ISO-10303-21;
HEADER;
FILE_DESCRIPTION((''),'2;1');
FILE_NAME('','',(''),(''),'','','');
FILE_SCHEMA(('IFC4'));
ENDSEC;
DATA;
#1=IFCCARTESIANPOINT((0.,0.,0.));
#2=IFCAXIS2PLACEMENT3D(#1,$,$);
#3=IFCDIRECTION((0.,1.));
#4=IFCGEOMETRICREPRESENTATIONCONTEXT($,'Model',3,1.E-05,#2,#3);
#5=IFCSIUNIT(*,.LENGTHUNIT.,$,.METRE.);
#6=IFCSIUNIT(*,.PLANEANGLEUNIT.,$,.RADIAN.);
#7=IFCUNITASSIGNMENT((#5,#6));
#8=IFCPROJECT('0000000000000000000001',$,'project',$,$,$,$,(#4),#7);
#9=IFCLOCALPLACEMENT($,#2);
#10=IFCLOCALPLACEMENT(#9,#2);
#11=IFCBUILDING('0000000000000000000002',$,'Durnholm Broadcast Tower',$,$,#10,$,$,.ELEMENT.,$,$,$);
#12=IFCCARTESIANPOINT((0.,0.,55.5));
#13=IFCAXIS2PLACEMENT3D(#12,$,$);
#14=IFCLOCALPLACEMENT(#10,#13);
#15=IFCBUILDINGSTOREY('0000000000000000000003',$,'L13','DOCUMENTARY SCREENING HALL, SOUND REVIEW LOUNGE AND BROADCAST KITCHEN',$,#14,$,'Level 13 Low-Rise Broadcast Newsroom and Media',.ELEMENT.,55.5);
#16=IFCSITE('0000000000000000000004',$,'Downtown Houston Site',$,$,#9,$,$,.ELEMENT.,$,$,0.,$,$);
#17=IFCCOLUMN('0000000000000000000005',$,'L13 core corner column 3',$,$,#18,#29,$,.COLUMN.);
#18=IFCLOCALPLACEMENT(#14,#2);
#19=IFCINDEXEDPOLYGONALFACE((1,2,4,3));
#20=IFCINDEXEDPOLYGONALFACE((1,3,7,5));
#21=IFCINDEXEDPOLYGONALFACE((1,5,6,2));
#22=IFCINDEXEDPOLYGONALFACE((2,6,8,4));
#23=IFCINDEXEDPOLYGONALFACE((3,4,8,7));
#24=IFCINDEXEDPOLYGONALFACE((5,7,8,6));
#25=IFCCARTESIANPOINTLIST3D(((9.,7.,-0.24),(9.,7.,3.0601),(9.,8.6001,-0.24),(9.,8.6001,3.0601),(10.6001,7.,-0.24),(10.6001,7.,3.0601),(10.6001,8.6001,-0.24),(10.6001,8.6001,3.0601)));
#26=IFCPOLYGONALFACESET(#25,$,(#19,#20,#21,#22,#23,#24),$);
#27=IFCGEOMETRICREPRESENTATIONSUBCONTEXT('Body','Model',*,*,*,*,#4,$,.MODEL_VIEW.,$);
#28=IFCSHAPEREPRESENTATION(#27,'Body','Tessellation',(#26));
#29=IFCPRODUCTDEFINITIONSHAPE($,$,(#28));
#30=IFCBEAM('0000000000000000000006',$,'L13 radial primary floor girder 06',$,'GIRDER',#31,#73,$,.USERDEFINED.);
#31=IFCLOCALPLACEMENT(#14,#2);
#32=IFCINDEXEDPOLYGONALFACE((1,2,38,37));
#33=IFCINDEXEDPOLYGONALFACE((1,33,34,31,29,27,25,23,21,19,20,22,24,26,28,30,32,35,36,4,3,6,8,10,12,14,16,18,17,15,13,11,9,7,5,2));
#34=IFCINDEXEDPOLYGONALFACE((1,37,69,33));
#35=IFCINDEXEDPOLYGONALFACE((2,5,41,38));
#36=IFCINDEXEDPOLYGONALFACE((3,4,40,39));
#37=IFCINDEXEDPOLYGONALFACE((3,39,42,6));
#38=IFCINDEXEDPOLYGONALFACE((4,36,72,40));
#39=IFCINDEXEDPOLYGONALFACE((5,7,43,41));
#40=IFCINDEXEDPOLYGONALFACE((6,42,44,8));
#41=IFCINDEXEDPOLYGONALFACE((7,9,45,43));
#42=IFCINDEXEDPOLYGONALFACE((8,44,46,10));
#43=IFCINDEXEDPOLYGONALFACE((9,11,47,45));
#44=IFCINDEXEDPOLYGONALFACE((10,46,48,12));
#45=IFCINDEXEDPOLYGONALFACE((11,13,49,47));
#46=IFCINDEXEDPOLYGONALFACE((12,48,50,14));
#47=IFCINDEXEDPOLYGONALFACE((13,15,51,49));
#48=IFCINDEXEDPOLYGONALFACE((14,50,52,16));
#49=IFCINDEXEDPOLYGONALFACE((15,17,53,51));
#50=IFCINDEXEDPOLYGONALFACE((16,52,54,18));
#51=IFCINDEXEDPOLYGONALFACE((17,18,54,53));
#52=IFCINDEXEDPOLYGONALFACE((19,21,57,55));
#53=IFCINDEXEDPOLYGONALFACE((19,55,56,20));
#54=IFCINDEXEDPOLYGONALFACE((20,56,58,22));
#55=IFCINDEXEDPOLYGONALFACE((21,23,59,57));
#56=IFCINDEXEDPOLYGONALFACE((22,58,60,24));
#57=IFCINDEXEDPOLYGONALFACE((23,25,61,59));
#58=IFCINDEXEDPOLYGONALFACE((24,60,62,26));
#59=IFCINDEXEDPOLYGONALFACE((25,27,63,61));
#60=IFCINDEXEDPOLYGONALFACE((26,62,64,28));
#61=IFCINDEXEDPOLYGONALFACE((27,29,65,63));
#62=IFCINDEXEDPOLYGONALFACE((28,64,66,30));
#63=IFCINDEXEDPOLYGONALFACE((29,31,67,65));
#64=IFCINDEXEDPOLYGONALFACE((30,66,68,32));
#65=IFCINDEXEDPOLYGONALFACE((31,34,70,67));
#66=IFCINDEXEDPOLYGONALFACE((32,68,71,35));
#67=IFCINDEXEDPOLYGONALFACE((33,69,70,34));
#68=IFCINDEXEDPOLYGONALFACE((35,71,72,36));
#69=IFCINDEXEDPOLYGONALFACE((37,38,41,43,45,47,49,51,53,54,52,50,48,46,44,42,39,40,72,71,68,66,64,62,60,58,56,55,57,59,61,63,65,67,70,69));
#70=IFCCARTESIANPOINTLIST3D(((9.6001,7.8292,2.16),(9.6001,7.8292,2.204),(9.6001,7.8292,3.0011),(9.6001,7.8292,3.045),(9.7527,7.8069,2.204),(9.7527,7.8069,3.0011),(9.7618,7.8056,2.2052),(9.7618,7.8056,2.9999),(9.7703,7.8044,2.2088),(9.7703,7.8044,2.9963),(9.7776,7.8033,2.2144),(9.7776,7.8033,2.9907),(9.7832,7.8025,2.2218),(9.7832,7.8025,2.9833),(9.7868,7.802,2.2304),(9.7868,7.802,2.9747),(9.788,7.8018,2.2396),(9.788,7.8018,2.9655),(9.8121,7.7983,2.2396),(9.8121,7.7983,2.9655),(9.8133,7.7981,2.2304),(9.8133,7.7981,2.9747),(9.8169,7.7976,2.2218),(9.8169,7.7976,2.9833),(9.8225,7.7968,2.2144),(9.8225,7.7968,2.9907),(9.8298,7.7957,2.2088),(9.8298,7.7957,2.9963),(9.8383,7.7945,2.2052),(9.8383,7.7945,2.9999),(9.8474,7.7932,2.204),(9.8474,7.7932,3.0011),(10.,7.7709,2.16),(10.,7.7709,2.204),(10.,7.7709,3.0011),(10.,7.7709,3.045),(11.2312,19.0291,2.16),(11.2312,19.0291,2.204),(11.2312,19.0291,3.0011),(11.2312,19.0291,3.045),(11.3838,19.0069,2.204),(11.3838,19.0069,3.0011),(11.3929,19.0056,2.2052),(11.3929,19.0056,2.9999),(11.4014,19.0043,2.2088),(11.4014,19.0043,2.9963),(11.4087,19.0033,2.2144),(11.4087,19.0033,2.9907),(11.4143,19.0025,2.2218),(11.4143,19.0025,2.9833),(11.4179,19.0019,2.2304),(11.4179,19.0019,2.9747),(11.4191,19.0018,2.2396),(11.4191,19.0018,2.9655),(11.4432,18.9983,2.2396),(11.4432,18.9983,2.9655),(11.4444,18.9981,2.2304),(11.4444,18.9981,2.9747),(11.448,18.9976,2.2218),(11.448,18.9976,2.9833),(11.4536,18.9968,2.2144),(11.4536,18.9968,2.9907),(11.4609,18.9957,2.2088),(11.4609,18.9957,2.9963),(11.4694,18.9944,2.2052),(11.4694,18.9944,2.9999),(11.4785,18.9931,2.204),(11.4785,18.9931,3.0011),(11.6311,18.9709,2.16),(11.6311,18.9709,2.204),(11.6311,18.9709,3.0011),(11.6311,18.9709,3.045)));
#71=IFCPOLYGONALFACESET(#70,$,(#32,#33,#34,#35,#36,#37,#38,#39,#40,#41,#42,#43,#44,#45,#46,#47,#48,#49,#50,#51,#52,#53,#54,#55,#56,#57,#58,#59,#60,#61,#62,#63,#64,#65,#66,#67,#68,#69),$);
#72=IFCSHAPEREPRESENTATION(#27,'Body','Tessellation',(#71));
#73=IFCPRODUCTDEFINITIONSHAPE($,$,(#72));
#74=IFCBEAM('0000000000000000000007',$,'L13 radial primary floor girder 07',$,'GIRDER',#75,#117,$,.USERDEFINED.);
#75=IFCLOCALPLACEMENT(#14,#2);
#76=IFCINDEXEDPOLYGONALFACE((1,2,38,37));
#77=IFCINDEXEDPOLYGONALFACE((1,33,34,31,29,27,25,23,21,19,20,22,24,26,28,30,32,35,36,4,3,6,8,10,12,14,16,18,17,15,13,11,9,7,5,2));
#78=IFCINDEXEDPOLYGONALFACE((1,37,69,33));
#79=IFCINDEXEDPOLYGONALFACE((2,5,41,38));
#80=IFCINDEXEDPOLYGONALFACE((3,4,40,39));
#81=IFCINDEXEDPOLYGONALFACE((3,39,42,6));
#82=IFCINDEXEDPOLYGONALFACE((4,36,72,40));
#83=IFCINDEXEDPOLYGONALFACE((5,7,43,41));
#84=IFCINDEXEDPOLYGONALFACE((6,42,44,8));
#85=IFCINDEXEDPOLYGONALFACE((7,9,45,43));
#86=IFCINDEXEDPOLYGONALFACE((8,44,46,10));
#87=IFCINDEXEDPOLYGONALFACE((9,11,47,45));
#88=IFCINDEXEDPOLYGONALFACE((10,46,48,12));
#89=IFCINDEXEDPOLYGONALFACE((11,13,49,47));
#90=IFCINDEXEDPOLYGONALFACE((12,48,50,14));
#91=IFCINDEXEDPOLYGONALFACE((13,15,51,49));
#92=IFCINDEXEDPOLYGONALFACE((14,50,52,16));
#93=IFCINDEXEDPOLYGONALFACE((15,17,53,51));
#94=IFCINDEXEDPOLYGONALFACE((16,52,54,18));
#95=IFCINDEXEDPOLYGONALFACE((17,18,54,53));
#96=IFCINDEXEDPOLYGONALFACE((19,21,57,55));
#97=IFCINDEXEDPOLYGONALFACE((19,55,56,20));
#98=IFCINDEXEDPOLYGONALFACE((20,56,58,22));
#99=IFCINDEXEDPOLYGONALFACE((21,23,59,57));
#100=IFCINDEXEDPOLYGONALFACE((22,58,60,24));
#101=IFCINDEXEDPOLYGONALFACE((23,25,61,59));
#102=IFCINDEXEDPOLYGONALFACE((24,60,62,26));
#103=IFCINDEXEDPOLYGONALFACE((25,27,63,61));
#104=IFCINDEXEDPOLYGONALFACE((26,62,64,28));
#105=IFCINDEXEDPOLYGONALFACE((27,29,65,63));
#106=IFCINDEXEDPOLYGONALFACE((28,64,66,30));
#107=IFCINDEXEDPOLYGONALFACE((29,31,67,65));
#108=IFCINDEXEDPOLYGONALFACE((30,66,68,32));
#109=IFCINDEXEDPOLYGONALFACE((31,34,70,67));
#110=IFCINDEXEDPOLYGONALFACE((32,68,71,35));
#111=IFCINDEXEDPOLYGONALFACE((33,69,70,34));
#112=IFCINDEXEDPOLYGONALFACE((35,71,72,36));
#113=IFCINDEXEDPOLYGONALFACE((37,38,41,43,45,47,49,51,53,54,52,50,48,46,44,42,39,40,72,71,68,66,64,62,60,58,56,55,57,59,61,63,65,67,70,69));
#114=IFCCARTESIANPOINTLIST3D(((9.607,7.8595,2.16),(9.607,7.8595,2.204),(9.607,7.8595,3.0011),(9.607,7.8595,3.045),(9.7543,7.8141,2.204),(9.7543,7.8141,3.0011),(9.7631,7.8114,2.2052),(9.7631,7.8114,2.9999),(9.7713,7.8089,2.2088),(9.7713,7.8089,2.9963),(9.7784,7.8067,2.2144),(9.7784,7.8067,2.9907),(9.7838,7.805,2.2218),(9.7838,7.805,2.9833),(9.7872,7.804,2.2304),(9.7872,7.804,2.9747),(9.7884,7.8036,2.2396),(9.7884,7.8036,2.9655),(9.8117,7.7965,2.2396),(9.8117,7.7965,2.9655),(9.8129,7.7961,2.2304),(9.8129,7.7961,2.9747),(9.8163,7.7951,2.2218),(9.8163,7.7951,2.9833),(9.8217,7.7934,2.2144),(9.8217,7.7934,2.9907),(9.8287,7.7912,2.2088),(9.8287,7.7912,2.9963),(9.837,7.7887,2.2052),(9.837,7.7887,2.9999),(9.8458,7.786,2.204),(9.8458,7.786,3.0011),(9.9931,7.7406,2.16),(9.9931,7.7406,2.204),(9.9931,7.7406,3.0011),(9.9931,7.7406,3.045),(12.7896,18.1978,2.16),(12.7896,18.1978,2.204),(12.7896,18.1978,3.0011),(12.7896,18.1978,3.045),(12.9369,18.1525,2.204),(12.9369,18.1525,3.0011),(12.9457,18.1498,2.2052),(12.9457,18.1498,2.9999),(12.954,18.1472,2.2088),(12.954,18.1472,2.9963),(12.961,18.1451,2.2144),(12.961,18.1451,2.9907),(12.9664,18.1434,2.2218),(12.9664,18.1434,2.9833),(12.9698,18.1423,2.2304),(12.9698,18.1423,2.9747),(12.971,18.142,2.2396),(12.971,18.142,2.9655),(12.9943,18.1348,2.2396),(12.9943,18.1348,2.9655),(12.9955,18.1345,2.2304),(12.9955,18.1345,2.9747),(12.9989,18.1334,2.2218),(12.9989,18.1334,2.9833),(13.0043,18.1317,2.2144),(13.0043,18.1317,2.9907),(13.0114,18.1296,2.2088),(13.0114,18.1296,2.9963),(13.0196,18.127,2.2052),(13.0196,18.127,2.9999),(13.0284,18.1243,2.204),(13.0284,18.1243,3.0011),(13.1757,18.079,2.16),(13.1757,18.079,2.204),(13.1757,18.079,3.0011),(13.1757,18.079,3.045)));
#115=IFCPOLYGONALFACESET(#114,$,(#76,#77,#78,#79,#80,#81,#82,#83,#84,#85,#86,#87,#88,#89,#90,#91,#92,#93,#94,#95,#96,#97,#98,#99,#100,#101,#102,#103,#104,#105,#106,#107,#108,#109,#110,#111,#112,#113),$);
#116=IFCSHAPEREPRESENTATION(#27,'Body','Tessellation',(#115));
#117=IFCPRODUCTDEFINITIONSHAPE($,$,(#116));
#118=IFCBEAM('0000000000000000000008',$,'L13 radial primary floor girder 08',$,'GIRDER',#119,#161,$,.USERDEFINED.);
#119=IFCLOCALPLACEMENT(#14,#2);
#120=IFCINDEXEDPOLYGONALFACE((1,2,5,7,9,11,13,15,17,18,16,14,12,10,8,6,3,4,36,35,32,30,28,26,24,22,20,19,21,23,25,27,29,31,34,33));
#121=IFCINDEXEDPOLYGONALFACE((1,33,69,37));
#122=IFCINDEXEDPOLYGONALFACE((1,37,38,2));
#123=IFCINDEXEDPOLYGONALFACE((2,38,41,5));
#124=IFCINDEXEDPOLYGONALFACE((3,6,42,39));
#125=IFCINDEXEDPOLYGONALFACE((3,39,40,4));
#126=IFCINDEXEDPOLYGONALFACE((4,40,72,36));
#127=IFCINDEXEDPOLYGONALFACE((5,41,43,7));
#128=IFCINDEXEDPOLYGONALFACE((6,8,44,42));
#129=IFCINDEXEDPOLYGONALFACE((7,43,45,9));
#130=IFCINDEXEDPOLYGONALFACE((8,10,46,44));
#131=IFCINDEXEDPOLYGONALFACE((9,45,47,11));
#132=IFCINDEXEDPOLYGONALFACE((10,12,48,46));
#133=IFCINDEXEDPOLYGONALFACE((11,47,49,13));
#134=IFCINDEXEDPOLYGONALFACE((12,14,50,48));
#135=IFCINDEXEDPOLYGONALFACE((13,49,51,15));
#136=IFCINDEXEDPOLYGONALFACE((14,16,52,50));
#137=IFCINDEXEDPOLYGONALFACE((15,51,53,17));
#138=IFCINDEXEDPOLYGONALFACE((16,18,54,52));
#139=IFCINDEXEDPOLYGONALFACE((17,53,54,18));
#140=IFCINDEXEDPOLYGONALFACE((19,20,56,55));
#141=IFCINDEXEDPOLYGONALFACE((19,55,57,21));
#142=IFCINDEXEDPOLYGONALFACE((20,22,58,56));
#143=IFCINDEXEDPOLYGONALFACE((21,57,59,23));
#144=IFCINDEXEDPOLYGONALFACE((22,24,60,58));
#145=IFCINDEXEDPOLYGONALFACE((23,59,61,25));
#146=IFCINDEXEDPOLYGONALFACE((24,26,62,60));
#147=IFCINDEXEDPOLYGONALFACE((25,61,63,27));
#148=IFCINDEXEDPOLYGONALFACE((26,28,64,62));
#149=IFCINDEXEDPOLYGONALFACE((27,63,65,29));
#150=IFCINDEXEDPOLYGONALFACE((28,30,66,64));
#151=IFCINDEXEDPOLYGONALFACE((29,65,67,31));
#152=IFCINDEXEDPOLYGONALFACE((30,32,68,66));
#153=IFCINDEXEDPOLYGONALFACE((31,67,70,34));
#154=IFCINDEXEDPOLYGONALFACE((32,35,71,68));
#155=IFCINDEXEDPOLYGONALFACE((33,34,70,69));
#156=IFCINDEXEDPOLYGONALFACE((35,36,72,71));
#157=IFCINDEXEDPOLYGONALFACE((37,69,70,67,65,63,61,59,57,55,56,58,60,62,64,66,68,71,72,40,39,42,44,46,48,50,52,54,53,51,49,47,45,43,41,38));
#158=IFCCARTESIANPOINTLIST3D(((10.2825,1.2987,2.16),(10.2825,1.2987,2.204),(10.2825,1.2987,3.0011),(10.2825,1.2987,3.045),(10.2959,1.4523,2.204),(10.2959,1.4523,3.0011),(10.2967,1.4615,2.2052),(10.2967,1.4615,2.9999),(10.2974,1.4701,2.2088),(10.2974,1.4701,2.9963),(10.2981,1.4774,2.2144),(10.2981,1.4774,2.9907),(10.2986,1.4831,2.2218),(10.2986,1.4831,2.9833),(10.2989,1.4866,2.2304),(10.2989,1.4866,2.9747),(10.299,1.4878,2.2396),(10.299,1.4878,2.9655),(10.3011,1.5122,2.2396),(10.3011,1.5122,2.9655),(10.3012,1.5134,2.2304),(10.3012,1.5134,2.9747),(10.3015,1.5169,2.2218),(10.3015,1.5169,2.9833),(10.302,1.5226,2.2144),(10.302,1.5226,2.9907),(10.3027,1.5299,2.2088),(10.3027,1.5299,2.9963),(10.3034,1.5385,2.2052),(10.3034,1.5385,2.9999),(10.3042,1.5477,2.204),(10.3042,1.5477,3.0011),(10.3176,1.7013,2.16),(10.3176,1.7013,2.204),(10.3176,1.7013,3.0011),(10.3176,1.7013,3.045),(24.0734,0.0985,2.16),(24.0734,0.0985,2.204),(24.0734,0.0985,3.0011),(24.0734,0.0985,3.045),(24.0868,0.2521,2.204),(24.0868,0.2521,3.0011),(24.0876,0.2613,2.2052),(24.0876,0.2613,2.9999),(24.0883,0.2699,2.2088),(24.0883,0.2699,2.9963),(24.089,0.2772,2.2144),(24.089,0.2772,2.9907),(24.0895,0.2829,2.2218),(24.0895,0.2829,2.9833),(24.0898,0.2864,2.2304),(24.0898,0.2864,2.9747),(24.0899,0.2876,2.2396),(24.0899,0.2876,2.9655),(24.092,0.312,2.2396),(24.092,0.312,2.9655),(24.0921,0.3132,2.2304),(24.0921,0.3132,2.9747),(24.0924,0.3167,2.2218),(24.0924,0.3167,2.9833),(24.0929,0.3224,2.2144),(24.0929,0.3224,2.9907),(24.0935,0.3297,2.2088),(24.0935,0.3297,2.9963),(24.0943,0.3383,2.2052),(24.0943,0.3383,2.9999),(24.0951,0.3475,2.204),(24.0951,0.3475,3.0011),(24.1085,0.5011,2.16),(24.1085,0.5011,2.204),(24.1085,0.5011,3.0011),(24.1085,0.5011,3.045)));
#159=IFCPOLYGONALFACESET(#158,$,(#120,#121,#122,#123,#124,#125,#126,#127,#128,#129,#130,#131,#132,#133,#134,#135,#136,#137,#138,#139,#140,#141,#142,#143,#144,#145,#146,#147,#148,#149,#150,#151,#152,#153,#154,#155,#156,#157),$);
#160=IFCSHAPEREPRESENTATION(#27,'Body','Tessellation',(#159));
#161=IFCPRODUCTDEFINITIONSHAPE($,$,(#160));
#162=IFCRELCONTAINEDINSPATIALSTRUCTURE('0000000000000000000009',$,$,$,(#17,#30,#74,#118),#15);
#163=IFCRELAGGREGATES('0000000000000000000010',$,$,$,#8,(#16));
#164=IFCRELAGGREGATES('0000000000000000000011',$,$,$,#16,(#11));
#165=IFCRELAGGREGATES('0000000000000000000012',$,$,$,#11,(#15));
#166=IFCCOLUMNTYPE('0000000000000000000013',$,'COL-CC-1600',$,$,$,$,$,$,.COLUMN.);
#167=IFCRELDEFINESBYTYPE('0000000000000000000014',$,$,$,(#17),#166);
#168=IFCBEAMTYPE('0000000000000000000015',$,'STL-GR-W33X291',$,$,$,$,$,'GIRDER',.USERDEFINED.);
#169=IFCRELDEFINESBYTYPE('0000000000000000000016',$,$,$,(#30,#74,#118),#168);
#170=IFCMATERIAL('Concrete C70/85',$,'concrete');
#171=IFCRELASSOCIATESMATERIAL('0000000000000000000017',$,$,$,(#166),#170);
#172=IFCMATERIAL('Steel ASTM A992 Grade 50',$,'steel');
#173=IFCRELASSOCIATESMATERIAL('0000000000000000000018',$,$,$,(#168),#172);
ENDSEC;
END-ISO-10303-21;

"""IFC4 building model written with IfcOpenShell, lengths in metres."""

from ifc_helpers import new_model, si_unit, direction, frame, origin, origin_2d, place, context, subcontext, project, spatial, rectangle, i_section, extrude, source, transform, mapped, material, material_profile, profile_set, type_object, type_shapes, element, save


model = new_model("IFC4")

# Units and contexts
model_context = context("Model", 3, precision=1e-05, world=origin(), true_north=direction((0.0, 1.0)))
body_context = subcontext(model_context, "Body", "Model", "MODEL_VIEW")
ifc_project = project(units=[si_unit("LENGTHUNIT", "METRE"), si_unit("PLANEANGLEUNIT", "RADIAN")], contexts=[model_context])

# Site, building, storey
site_placement = place(None, origin())
site = spatial("IfcSite", under=ifc_project, at=site_placement, Name="Downtown Houston Site", CompositionType="ELEMENT", RefElevation=0.0)
building_placement = place(site_placement, origin())
building = spatial("IfcBuilding", under=site, at=building_placement, Name="Durnholm Broadcast Tower", CompositionType="ELEMENT")
storey_placement = place(building_placement, frame((0.0, 0.0, 55.5)))
storey = spatial("IfcBuildingStorey", under=building, at=storey_placement, Name="L13", Description="DOCUMENTARY SCREENING HALL, SOUND REVIEW LOUNGE AND BROADCAST KITCHEN", LongName="Level 13 Low-Rise Broadcast Newsroom and Media", CompositionType="ELEMENT", Elevation=55.5)

# Column
ifc_material_1 = material(Name="Concrete C70/85", Category="concrete")
ifc_material_profile_1 = material_profile(ifc_material_1, rectangle(XDim=1.6001, YDim=1.6001, at=origin_2d()), Name="RC1600X1600")
ifc_profile_set_1 = profile_set([ifc_material_profile_1], Name="Concrete C70/85")
column_type = type_object("IfcColumnType", Name="COL-CC-1600", PredefinedType="COLUMN", material=ifc_profile_set_1)
shared_shape_1 = source(origin(), body_context, "Body", "SweptSolid", [
    extrude(rectangle(XDim=1.6001, YDim=1.6001, at=origin_2d()), origin(), (0.0, 0.0, 1.0), 3.3),
])
type_shapes(column_type, [shared_shape_1])
column_placement = place(storey_placement, frame((9.8, 7.8, -0.24), z_axis=(0.0, 0.0, 1.0), x_axis=(1.0, 0.0, 0.0)))
element("IfcColumn", 1, at=column_placement, inside=storey, type_object=column_type, Name="L13 core corner column 3", PredefinedType="COLUMN", context=body_context, shape_type="MappedRepresentation", body=[
    mapped(shared_shape_1, transform((0.0, 0.0, 0.0), x_axis=(1.0, 0.0, 0.0), y_axis=(0.0, 1.0, 0.0), z_axis=(0.0, 0.0, 1.0), scale=1.0)),
])

# Beams
ifc_material_2 = material(Name="Steel ASTM A992 Grade 50", Category="steel")
ifc_material_profile_2 = material_profile(ifc_material_2, i_section(OverallWidth=0.4041, OverallDepth=0.885, WebThickness=0.0244, FlangeThickness=0.0439, FilletRadius=0.0356, at=origin_2d()), Name="W33X291")
ifc_profile_set_2 = profile_set([ifc_material_profile_2], Name="Steel ASTM A992 Grade 50")
beam_type_1 = type_object("IfcBeamType", Name="STL-GR-W33X291", ElementType="GIRDER", PredefinedType="USERDEFINED", material=ifc_profile_set_2)
shared_shape_2 = source(origin(), body_context, "Body", "SweptSolid", [
    extrude(i_section(OverallWidth=0.4041, OverallDepth=0.885, WebThickness=0.0244, FlangeThickness=0.0439, FilletRadius=0.0356, at=origin_2d()), origin(), (0.0, 0.0, 1.0), 11.3181),
])
beam_1_placement = place(storey_placement, frame((9.8, 7.8, 2.6025), z_axis=(0.144115, 0.989561, 0.0), x_axis=(-0.989561, 0.144115, 0.0)))
element("IfcBeam", 2, at=beam_1_placement, inside=storey, type_object=beam_type_1, Name="L13 radial primary floor girder 06", ObjectType="GIRDER", PredefinedType="USERDEFINED", context=body_context, shape_type="MappedRepresentation", body=[
    mapped(shared_shape_2, transform((0.0, 0.0, 0.0), x_axis=(1.0, 0.0, 0.0), y_axis=(0.0, 1.0, 0.0), z_axis=(0.0, 0.0, 1.0), scale=1.0)),
])
shared_shape_3 = source(origin(), body_context, "Body", "SweptSolid", [
    extrude(i_section(OverallWidth=0.4041, OverallDepth=0.885, WebThickness=0.0244, FlangeThickness=0.0439, FilletRadius=0.0356, at=origin_2d()), origin(), (0.0, 0.0, 1.0), 10.8171),
])
beam_2_placement = place(storey_placement, frame((9.8, 7.8, 2.6025), z_axis=(0.294219, 0.955738, 0.0), x_axis=(-0.955738, 0.294219, 0.0)))
element("IfcBeam", 3, at=beam_2_placement, inside=storey, type_object=beam_type_1, Name="L13 radial primary floor girder 07", ObjectType="GIRDER", PredefinedType="USERDEFINED", context=body_context, shape_type="MappedRepresentation", body=[
    mapped(shared_shape_3, transform((0.0, 0.0, 0.0), x_axis=(1.0, 0.0, 0.0), y_axis=(0.0, 1.0, 0.0), z_axis=(0.0, 0.0, 1.0), scale=1.0)),
])
shared_shape_4 = source(origin(), body_context, "Body", "SweptSolid", [
    extrude(i_section(OverallWidth=0.4041, OverallDepth=0.885, WebThickness=0.0244, FlangeThickness=0.0439, FilletRadius=0.0356, at=origin_2d()), origin(), (0.0, 0.0, 1.0), 13.843),
])
beam_3_placement = place(storey_placement, frame((10.3, 1.5, 2.6025), z_axis=(0.996234, -0.086701, 0.0), x_axis=(0.086701, 0.996234, 0.0)))
element("IfcBeam", 4, at=beam_3_placement, inside=storey, type_object=beam_type_1, Name="L13 radial primary floor girder 08", ObjectType="GIRDER", PredefinedType="USERDEFINED", context=body_context, shape_type="MappedRepresentation", body=[
    mapped(shared_shape_4, transform((0.0, 0.0, 0.0), x_axis=(1.0, 0.0, 0.0), y_axis=(0.0, 1.0, 0.0), z_axis=(0.0, 0.0, 1.0), scale=1.0)),
])

save(model, "model.ifc")
